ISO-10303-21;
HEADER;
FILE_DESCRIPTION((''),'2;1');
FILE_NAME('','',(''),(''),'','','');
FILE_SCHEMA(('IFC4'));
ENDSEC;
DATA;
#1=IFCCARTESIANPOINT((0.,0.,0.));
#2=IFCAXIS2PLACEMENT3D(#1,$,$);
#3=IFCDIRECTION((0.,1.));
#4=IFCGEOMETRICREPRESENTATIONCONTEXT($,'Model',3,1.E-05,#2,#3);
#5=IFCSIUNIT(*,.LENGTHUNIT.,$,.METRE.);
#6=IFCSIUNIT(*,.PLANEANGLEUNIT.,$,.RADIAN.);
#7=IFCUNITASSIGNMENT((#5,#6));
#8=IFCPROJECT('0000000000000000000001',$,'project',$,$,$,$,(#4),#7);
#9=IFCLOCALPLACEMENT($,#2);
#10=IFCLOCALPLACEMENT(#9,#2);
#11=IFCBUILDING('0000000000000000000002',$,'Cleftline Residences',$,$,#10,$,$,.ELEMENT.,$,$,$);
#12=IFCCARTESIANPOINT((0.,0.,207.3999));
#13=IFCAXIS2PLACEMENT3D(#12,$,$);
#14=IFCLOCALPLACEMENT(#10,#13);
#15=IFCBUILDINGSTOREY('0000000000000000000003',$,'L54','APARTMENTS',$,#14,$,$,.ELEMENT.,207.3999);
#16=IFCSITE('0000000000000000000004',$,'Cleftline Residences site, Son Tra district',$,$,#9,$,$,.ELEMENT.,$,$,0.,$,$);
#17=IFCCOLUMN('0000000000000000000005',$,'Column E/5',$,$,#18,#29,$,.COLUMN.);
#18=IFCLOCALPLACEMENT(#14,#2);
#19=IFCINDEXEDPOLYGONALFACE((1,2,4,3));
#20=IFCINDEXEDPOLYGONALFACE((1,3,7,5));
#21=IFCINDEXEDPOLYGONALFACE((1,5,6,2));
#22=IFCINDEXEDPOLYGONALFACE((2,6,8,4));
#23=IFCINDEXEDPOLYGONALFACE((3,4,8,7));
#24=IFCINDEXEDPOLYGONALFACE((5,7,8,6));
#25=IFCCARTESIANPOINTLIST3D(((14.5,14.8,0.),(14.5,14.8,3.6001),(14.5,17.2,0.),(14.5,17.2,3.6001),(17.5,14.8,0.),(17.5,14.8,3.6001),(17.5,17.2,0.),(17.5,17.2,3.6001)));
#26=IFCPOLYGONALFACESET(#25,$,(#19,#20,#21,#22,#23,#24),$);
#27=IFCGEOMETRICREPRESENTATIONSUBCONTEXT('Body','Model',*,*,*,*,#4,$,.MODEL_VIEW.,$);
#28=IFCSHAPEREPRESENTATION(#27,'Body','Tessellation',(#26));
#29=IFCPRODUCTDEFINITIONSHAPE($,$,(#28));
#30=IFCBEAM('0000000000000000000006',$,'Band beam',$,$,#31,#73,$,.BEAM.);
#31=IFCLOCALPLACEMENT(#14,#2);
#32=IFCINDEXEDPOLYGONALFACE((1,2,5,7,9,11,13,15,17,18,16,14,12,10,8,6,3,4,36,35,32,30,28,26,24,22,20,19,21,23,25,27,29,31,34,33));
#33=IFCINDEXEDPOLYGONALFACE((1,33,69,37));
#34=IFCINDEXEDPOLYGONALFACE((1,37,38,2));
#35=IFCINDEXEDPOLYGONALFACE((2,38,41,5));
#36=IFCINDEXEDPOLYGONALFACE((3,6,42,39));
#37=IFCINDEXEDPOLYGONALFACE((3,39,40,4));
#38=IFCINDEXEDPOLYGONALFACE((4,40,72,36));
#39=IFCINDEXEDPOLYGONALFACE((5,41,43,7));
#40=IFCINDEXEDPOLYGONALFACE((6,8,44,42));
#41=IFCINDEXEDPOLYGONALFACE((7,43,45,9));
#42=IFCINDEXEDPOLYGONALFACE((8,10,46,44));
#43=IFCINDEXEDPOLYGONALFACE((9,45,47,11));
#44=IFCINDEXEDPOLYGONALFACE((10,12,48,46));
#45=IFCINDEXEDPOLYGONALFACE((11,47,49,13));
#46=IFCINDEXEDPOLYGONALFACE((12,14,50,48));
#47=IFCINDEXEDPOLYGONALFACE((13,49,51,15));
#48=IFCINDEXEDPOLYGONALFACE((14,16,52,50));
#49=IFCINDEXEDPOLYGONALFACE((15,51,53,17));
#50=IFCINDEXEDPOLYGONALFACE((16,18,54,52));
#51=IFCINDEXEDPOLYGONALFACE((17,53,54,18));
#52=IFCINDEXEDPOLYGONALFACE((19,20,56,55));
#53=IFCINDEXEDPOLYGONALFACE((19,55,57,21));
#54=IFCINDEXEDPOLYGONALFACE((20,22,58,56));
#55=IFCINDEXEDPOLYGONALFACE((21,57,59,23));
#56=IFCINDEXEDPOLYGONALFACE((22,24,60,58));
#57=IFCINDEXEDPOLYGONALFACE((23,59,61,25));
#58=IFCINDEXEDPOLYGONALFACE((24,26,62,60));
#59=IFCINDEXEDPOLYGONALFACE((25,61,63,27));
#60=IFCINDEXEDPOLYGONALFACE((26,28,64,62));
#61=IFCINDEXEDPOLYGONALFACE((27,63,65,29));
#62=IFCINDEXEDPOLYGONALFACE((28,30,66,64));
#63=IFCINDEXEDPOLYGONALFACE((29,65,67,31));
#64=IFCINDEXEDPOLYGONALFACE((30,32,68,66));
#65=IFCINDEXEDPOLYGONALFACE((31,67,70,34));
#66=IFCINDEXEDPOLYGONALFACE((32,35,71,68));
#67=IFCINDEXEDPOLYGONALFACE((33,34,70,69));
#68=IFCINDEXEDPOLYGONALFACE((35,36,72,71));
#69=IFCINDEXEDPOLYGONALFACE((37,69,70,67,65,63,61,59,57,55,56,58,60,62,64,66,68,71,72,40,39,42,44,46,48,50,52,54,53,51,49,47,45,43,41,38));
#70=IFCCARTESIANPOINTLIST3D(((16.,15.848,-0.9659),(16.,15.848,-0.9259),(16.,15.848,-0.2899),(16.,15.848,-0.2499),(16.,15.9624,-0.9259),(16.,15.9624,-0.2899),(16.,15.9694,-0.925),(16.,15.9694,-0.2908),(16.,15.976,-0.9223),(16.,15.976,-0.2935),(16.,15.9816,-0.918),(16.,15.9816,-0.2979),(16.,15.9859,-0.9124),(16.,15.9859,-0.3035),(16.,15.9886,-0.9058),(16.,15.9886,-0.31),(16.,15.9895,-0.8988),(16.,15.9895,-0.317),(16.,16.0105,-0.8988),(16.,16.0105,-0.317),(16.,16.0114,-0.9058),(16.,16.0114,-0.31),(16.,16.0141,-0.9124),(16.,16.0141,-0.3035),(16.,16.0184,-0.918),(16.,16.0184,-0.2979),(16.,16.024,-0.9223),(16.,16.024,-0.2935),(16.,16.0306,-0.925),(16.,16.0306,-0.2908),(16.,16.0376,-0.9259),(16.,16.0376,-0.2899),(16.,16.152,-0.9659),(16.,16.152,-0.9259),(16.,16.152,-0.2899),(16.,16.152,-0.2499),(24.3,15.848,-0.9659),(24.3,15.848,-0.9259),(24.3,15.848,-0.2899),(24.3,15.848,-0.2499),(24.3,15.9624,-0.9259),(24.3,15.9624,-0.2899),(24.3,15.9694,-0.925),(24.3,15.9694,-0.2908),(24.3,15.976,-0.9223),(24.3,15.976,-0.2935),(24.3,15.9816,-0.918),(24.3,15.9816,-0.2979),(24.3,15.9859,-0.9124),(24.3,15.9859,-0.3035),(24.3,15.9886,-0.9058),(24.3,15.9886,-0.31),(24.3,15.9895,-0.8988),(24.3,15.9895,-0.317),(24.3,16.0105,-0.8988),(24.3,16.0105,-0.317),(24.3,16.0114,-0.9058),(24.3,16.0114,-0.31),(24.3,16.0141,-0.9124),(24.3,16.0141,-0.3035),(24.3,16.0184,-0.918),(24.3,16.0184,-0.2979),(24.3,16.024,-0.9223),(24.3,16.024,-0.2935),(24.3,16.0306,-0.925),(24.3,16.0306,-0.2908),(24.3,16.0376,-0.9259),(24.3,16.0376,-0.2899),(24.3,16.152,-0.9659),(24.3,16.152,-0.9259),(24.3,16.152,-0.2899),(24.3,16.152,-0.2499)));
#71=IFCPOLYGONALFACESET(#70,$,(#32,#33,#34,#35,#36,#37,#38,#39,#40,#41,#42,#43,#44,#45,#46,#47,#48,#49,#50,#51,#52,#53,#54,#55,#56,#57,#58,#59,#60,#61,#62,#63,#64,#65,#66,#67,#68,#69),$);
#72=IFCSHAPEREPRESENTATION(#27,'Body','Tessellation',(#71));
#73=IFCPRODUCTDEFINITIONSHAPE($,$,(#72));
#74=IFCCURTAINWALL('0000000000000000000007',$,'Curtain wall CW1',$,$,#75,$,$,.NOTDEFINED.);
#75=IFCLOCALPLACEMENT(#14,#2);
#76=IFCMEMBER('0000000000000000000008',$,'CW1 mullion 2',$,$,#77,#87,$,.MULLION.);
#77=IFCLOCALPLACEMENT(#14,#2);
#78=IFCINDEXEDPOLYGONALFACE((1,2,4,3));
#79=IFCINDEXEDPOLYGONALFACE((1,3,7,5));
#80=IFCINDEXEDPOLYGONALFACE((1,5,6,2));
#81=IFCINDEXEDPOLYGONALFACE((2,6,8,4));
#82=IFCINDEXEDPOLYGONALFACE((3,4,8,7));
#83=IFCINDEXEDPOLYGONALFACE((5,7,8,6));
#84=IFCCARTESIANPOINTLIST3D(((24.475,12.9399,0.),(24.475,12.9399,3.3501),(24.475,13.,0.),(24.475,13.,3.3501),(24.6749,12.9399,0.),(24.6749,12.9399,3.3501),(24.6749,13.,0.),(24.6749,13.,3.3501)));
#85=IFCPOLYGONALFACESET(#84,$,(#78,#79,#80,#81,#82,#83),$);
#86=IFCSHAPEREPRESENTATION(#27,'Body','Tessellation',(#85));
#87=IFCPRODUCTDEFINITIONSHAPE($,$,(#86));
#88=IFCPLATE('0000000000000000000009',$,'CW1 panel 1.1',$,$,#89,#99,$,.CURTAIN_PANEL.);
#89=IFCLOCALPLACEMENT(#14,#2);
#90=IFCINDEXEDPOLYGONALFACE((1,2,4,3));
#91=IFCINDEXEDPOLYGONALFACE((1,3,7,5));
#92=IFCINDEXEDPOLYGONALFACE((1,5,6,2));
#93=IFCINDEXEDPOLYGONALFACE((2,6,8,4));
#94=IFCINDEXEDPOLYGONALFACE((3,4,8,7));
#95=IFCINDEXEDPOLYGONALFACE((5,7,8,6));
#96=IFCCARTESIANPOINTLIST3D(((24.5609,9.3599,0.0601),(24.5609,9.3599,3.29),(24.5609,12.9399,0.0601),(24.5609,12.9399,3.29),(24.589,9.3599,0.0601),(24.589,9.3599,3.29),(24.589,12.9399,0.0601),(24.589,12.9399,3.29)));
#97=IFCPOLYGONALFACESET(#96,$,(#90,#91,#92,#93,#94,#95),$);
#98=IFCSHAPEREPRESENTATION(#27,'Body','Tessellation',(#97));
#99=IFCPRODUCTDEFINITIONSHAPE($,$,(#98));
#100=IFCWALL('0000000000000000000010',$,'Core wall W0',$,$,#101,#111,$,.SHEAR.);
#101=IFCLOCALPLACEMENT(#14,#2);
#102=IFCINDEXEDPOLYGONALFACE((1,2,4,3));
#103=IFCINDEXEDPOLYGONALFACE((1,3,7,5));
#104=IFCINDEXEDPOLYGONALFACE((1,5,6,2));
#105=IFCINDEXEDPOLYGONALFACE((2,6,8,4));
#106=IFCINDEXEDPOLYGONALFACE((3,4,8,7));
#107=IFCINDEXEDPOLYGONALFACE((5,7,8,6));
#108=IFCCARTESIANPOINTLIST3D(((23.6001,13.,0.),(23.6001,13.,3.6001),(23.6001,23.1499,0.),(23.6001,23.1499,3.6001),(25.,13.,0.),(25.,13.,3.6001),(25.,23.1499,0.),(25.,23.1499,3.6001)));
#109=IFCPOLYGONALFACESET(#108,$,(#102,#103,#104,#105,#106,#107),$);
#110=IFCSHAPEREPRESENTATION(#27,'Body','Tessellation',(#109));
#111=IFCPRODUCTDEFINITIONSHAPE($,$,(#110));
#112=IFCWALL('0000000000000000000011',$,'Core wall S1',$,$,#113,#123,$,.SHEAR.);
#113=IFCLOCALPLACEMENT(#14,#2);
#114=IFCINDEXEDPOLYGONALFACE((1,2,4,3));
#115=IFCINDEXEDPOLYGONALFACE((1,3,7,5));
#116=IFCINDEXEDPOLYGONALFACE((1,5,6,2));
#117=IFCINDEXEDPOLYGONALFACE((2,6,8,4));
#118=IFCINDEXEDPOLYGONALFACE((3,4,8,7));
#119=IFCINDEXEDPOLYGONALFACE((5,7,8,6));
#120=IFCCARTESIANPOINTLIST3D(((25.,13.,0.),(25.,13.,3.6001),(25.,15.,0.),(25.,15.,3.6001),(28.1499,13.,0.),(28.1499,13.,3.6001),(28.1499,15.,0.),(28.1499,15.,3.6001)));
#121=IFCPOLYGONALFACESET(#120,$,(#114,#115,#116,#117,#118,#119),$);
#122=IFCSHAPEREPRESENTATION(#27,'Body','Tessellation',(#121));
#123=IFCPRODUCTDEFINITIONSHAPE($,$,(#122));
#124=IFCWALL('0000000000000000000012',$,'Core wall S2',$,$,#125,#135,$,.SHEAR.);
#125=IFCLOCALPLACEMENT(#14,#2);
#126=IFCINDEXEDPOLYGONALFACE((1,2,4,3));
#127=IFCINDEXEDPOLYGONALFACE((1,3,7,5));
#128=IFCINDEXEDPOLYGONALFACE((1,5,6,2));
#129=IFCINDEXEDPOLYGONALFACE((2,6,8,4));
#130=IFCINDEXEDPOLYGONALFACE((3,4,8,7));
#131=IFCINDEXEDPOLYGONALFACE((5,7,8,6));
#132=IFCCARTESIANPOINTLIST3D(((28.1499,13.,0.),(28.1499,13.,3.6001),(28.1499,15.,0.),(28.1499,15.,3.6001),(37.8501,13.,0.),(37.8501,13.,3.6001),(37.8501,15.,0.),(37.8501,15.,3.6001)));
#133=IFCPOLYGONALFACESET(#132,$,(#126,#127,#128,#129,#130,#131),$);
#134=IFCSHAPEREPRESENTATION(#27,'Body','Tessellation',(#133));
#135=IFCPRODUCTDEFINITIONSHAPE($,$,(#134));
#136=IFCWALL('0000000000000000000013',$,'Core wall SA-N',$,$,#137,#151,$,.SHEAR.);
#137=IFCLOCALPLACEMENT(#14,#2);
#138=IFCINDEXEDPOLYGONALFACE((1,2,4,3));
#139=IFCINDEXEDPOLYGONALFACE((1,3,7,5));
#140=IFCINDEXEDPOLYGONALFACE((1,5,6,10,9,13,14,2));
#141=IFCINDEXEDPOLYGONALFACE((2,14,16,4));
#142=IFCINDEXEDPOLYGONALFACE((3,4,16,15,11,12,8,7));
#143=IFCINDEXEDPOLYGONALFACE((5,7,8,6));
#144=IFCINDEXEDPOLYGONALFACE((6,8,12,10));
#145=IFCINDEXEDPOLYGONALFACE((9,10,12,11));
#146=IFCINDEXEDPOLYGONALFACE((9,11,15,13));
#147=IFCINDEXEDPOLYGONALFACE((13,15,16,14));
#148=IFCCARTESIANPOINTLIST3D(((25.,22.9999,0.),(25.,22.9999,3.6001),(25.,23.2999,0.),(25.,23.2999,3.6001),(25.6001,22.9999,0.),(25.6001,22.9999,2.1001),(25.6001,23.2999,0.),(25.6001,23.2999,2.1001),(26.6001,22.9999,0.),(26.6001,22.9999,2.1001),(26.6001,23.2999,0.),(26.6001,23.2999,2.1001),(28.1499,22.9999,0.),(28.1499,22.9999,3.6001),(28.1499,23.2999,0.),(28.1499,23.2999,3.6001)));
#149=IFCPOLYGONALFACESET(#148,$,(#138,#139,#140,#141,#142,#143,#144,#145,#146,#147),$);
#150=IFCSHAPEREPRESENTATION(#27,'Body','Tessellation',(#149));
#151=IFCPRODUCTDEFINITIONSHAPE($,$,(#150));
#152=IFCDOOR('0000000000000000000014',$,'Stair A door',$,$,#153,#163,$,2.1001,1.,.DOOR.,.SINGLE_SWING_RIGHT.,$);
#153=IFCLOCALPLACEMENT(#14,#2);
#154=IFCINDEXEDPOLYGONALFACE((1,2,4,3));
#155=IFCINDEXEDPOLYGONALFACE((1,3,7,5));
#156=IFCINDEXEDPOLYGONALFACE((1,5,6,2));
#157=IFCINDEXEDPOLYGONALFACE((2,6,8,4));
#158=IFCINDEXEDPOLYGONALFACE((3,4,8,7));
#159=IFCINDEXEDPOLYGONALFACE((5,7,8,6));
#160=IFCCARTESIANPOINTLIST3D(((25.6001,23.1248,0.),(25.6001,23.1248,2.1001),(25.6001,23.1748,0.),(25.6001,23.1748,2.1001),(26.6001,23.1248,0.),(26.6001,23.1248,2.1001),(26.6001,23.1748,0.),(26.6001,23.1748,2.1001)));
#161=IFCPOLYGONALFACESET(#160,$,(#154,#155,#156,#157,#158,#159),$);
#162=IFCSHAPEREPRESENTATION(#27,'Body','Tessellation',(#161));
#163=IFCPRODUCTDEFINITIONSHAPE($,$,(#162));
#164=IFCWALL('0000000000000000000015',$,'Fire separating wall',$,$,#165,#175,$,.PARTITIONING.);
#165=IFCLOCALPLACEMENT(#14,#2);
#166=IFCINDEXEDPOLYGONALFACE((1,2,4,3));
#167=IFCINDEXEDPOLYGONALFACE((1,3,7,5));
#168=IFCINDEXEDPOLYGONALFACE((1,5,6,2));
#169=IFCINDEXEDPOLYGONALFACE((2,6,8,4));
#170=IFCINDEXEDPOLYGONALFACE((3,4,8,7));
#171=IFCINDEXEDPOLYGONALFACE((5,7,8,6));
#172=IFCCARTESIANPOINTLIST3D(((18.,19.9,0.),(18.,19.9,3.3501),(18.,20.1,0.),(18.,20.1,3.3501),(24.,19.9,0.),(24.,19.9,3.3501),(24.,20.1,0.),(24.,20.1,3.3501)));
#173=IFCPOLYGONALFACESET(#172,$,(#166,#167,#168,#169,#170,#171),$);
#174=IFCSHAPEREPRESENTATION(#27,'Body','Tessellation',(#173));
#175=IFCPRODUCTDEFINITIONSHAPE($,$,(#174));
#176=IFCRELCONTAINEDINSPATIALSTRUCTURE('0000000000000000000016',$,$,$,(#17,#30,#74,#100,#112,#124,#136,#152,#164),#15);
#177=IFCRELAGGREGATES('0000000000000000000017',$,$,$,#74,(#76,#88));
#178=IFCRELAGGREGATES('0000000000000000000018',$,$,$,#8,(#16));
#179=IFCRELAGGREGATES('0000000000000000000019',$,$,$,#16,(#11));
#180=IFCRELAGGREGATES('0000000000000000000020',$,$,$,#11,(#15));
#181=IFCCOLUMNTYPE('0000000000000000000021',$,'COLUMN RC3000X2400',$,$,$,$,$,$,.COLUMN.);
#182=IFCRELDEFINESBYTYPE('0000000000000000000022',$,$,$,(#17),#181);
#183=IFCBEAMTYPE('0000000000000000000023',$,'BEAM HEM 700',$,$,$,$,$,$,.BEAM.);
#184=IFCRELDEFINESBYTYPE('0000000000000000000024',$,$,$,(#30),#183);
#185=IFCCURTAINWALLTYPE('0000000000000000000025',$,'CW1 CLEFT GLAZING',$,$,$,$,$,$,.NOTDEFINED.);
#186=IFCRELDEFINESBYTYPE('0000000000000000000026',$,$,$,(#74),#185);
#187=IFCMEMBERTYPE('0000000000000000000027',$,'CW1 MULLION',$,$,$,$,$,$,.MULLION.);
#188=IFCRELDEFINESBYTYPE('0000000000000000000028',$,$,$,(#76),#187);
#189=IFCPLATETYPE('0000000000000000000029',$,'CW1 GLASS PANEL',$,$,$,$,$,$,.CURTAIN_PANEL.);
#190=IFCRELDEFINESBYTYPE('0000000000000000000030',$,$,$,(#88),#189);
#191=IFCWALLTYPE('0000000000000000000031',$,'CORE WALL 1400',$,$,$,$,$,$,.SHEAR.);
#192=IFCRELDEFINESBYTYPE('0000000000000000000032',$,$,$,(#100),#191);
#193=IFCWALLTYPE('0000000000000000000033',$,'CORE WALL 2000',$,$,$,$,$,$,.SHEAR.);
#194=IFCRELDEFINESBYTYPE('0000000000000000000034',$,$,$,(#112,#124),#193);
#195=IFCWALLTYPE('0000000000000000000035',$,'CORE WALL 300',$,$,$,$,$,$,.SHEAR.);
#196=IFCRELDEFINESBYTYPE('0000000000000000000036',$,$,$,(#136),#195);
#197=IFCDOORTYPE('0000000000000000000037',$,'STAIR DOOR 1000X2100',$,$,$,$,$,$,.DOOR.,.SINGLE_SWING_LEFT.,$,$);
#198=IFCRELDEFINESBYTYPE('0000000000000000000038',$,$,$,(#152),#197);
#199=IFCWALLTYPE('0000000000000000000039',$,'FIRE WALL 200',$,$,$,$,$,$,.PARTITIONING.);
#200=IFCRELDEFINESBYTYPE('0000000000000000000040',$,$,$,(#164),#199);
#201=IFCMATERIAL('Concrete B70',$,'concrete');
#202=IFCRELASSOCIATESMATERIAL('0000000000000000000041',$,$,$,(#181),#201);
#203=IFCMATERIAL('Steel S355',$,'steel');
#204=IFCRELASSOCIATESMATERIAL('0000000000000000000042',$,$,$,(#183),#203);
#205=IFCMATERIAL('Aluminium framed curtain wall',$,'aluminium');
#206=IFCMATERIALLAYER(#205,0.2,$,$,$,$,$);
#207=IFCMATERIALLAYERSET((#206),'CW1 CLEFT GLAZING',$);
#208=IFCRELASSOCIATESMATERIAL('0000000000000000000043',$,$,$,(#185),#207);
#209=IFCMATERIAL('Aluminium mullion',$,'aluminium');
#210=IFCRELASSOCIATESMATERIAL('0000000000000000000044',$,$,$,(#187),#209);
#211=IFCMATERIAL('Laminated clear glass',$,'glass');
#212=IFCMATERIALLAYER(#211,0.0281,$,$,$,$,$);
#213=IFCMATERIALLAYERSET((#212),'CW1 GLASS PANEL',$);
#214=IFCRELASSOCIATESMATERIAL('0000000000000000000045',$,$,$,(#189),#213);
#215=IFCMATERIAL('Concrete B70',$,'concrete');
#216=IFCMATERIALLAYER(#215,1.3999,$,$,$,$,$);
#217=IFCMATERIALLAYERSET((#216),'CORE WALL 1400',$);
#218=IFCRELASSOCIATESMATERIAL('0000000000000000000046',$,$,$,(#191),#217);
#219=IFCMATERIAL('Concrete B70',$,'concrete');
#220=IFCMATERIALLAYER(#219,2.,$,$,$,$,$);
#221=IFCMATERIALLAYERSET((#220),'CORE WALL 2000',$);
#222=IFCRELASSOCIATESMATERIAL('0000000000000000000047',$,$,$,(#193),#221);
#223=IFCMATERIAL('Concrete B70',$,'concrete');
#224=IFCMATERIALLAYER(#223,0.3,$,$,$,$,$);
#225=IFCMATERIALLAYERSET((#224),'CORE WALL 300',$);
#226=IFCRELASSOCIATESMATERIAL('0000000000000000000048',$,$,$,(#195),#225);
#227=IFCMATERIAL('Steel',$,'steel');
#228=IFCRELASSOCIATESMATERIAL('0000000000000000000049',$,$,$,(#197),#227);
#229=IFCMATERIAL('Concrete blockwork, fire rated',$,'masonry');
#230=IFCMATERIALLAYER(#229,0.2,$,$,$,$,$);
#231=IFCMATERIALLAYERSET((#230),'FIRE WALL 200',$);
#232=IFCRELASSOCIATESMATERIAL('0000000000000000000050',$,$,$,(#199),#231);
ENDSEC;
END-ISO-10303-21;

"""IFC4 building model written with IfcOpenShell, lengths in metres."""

from ifc_helpers import new_model, si_unit, direction, frame, frame_2d, origin, origin_2d, place, context, subcontext, project, spatial, rectangle, i_section, extrude, material, layer, layer_set, material_profile, profile_set, type_object, element, fill, aggregate, save


model = new_model("IFC4")

# Units and contexts
model_context = context("Model", 3, precision=1e-05, world=origin(), true_north=direction((0.0, 1.0)))
body_context = subcontext(model_context, "Body", "Model", "MODEL_VIEW")
ifc_project = project(units=[si_unit("LENGTHUNIT", "METRE"), si_unit("PLANEANGLEUNIT", "RADIAN")], contexts=[model_context])

# Site, building, storey
site_placement = place(None, origin())
site = spatial("IfcSite", under=ifc_project, at=site_placement, Name="Cleftline Residences site, Son Tra district", CompositionType="ELEMENT", RefElevation=0.0)
building_placement = place(site_placement, origin())
building = spatial("IfcBuilding", under=site, at=building_placement, Name="Cleftline Residences", CompositionType="ELEMENT")
storey_placement = place(building_placement, frame((0.0, 0.0, 207.3999)))
storey = spatial("IfcBuildingStorey", under=building, at=storey_placement, Name="L54", Description="APARTMENTS", CompositionType="ELEMENT", Elevation=207.3999)

# Column
ifc_material_1 = material(Name="Concrete B70", Category="concrete")
ifc_material_profile_1 = material_profile(ifc_material_1, rectangle(XDim=3.0, YDim=2.3999, at=origin_2d()))
ifc_profile_set_1 = profile_set([ifc_material_profile_1], Name="Concrete B70")
column_type = type_object("IfcColumnType", Name="COLUMN RC3000X2400", PredefinedType="COLUMN", material=ifc_profile_set_1)
column_placement = place(storey_placement, frame((16.0, 16.0, 0.0), z_axis=(0.0, 0.0, 1.0), x_axis=(1.0, 0.0, 0.0)))
element("IfcColumn", 1, at=column_placement, inside=storey, type_object=column_type, Name="Column E/5", PredefinedType="COLUMN", context=body_context, shape_type="SweptSolid", body=[
    extrude(rectangle(XDim=3.0, YDim=2.3999, at=origin_2d()), origin(), (0.0, 0.0, 1.0), 3.6001),
])

# Beam
ifc_material_2 = material(Name="Steel S355", Category="steel")
ifc_material_profile_2 = material_profile(ifc_material_2, i_section(OverallWidth=0.304, OverallDepth=0.7161, WebThickness=0.021, FlangeThickness=0.04, FilletRadius=0.0271, at=origin_2d()))
ifc_profile_set_2 = profile_set([ifc_material_profile_2], Name="Steel S355")
beam_type = type_object("IfcBeamType", Name="BEAM HEM 700", PredefinedType="BEAM", material=ifc_profile_set_2)
beam_placement = place(storey_placement, frame((16.0, 16.0, -0.6079), z_axis=(1.0, 0.0, 0.0), x_axis=(0.0, 1.0, 0.0)))
element("IfcBeam", 2, at=beam_placement, inside=storey, type_object=beam_type, Name="Band beam", PredefinedType="BEAM", context=body_context, shape_type="SweptSolid", body=[
    extrude(i_section(OverallWidth=0.304, OverallDepth=0.7161, WebThickness=0.021, FlangeThickness=0.04, FilletRadius=0.0271, at=origin_2d()), origin(), (0.0, 0.0, 1.0), 8.3),
])

# Curtain wall, member, plate
ifc_material_3 = material(Name="Aluminium framed curtain wall", Category="aluminium")
ifc_layer_1 = layer(ifc_material_3, 0.2)
ifc_layer_set_1 = layer_set([ifc_layer_1], Name="CW1 CLEFT GLAZING")
curtain_wall_type = type_object("IfcCurtainWallType", Name="CW1 CLEFT GLAZING", PredefinedType="NOTDEFINED", material=ifc_layer_set_1)
curtain_wall_placement = place(storey_placement, origin())
curtain_wall = element("IfcCurtainWall", 3, at=curtain_wall_placement, inside=storey, type_object=curtain_wall_type, Name="Curtain wall CW1", PredefinedType="NOTDEFINED")
ifc_material_4 = material(Name="Aluminium mullion", Category="aluminium")
ifc_material_profile_3 = material_profile(ifc_material_4, rectangle(XDim=0.2, YDim=0.0601, at=origin_2d()))
ifc_profile_set_3 = profile_set([ifc_material_profile_3], Name="Aluminium mullion")
member_type = type_object("IfcMemberType", Name="CW1 MULLION", PredefinedType="MULLION", material=ifc_profile_set_3)
member_placement = place(storey_placement, frame((24.575, 12.97, 0.0), z_axis=(0.0, 0.0, 1.0), x_axis=(-1.0, 0.0, 0.0)))
member = element("IfcMember", 4, at=member_placement, type_object=member_type, Name="CW1 mullion 2", PredefinedType="MULLION", context=body_context, shape_type="SweptSolid", body=[
    extrude(rectangle(XDim=0.2, YDim=0.0601, at=origin_2d()), origin(), (0.0, 0.0, 1.0), 3.3501),
])
ifc_material_5 = material(Name="Laminated clear glass", Category="glass")
ifc_layer_2 = layer(ifc_material_5, 0.0281)
ifc_layer_set_2 = layer_set([ifc_layer_2], Name="CW1 GLASS PANEL")
plate_type = type_object("IfcPlateType", Name="CW1 GLASS PANEL", PredefinedType="CURTAIN_PANEL", material=ifc_layer_set_2)
plate_placement = place(storey_placement, frame((24.575, 11.1499, 0.0601), z_axis=(0.0, 0.0, 1.0), x_axis=(0.0, 1.0, 0.0)))
plate = element("IfcPlate", 5, at=plate_placement, type_object=plate_type, Name="CW1 panel 1.1", PredefinedType="CURTAIN_PANEL", context=body_context, shape_type="SweptSolid", body=[
    extrude(rectangle(XDim=3.5801, YDim=0.0281, at=origin_2d()), origin(), (0.0, 0.0, 1.0), 3.23),
])
aggregate(curtain_wall, [member, plate])

# Wall
ifc_material_6 = material(Name="Concrete B70", Category="concrete")
ifc_layer_3 = layer(ifc_material_6, 1.3999)
ifc_layer_set_3 = layer_set([ifc_layer_3], Name="CORE WALL 1400")
wall_type_1 = type_object("IfcWallType", Name="CORE WALL 1400", PredefinedType="SHEAR", material=ifc_layer_set_3)
wall_1_placement = place(storey_placement, frame((24.3, 13.0, 0.0), z_axis=(0.0, 0.0, 1.0), x_axis=(0.0, 1.0, 0.0)))
element("IfcWall", 6, at=wall_1_placement, inside=storey, type_object=wall_type_1, Name="Core wall W0", PredefinedType="SHEAR", context=body_context, shape_type="SweptSolid", body=[
    extrude(rectangle(XDim=10.1499, YDim=1.3999, at=frame_2d((5.075, 0.0))), origin(), (0.0, 0.0, 1.0), 3.6001),
])

# Walls
ifc_material_7 = material(Name="Concrete B70", Category="concrete")
ifc_layer_4 = layer(ifc_material_7, 2.0)
ifc_layer_set_4 = layer_set([ifc_layer_4], Name="CORE WALL 2000")
wall_type_2 = type_object("IfcWallType", Name="CORE WALL 2000", PredefinedType="SHEAR", material=ifc_layer_set_4)
wall_2_placement = place(storey_placement, frame((25.0, 14.0, 0.0), z_axis=(0.0, 0.0, 1.0), x_axis=(1.0, 0.0, 0.0)))
element("IfcWall", 7, at=wall_2_placement, inside=storey, type_object=wall_type_2, Name="Core wall S1", PredefinedType="SHEAR", context=body_context, shape_type="SweptSolid", body=[
    extrude(rectangle(XDim=3.1499, YDim=2.0, at=frame_2d((1.575, 0.0))), origin(), (0.0, 0.0, 1.0), 3.6001),
])
wall_3_placement = place(storey_placement, frame((28.1499, 14.0, 0.0), z_axis=(0.0, 0.0, 1.0), x_axis=(1.0, 0.0, 0.0)))
element("IfcWall", 8, at=wall_3_placement, inside=storey, type_object=wall_type_2, Name="Core wall S2", PredefinedType="SHEAR", context=body_context, shape_type="SweptSolid", body=[
    extrude(rectangle(XDim=9.7002, YDim=2.0, at=frame_2d((4.8501, 0.0))), origin(), (0.0, 0.0, 1.0), 3.6001),
])

# Wall, opening, door
ifc_material_8 = material(Name="Concrete B70", Category="concrete")
ifc_layer_5 = layer(ifc_material_8, 0.3)
ifc_layer_set_5 = layer_set([ifc_layer_5], Name="CORE WALL 300")
wall_type_3 = type_object("IfcWallType", Name="CORE WALL 300", PredefinedType="SHEAR", material=ifc_layer_set_5)
wall_4_placement = place(storey_placement, frame((25.0, 23.1499, 0.0), z_axis=(0.0, 0.0, 1.0), x_axis=(1.0, 0.0, 0.0)))
wall_4 = element("IfcWall", 9, at=wall_4_placement, inside=storey, type_object=wall_type_3, Name="Core wall SA-N", PredefinedType="SHEAR", context=body_context, shape_type="SweptSolid", body=[
    extrude(rectangle(XDim=3.1499, YDim=0.3, at=frame_2d((1.575, 0.0))), origin(), (0.0, 0.0, 1.0), 3.6001),
])
opening_1_placement = place(wall_4_placement, frame((0.6001, 0.0, 0.0)))
opening_1 = element("IfcOpeningElement", 10, at=opening_1_placement, cuts=wall_4, PredefinedType="OPENING", context=body_context, shape_type="SweptSolid", body=[
    extrude(rectangle(XDim=1.0, YDim=2.1001, at=frame_2d((0.5, 1.05))), frame((0.0, 0.1599, 0.0), z_axis=(0.0, -1.0, 0.0), x_axis=(1.0, 0.0, 0.0)), (0.0, 0.0, 1.0), 0.3201),
])
ifc_material_9 = material(Name="Steel", Category="steel")
door_type_1 = type_object("IfcDoorType", Name="STAIR DOOR 1000X2100", OperationType="SINGLE_SWING_LEFT", PredefinedType="DOOR", material=ifc_material_9)
door_1_placement = place(opening_1_placement, origin())
door_1 = element("IfcDoor", 11, at=door_1_placement, inside=storey, type_object=door_type_1, Name="Stair A door", OperationType="SINGLE_SWING_RIGHT", OverallHeight=2.1001, OverallWidth=1.0, PredefinedType="DOOR", context=body_context, shape_type="SweptSolid", body=[
    extrude(rectangle(XDim=1.0, YDim=2.1001, at=frame_2d((0.5, 1.05))), frame((0.0, 0.0249, 0.0), z_axis=(0.0, -1.0, 0.0), x_axis=(1.0, 0.0, 0.0)), (0.0, 0.0, 1.0), 0.05),
])
fill(opening_1, door_1)

# Wall
ifc_material_10 = material(Name="Concrete blockwork, fire rated", Category="masonry")
ifc_layer_6 = layer(ifc_material_10, 0.2)
ifc_layer_set_6 = layer_set([ifc_layer_6], Name="FIRE WALL 200")
wall_type_4 = type_object("IfcWallType", Name="FIRE WALL 200", PredefinedType="PARTITIONING", material=ifc_layer_set_6)
wall_5_placement = place(storey_placement, frame((18.0, 20.0, 0.0), z_axis=(0.0, 0.0, 1.0), x_axis=(1.0, 0.0, 0.0)))
element("IfcWall", 12, at=wall_5_placement, inside=storey, type_object=wall_type_4, Name="Fire separating wall", PredefinedType="PARTITIONING", context=body_context, shape_type="SweptSolid", body=[
    extrude(rectangle(XDim=6.0, YDim=0.2, at=frame_2d((3.0, 0.0))), origin(), (0.0, 0.0, 1.0), 3.3501),
])

save(model, "model.ifc")
